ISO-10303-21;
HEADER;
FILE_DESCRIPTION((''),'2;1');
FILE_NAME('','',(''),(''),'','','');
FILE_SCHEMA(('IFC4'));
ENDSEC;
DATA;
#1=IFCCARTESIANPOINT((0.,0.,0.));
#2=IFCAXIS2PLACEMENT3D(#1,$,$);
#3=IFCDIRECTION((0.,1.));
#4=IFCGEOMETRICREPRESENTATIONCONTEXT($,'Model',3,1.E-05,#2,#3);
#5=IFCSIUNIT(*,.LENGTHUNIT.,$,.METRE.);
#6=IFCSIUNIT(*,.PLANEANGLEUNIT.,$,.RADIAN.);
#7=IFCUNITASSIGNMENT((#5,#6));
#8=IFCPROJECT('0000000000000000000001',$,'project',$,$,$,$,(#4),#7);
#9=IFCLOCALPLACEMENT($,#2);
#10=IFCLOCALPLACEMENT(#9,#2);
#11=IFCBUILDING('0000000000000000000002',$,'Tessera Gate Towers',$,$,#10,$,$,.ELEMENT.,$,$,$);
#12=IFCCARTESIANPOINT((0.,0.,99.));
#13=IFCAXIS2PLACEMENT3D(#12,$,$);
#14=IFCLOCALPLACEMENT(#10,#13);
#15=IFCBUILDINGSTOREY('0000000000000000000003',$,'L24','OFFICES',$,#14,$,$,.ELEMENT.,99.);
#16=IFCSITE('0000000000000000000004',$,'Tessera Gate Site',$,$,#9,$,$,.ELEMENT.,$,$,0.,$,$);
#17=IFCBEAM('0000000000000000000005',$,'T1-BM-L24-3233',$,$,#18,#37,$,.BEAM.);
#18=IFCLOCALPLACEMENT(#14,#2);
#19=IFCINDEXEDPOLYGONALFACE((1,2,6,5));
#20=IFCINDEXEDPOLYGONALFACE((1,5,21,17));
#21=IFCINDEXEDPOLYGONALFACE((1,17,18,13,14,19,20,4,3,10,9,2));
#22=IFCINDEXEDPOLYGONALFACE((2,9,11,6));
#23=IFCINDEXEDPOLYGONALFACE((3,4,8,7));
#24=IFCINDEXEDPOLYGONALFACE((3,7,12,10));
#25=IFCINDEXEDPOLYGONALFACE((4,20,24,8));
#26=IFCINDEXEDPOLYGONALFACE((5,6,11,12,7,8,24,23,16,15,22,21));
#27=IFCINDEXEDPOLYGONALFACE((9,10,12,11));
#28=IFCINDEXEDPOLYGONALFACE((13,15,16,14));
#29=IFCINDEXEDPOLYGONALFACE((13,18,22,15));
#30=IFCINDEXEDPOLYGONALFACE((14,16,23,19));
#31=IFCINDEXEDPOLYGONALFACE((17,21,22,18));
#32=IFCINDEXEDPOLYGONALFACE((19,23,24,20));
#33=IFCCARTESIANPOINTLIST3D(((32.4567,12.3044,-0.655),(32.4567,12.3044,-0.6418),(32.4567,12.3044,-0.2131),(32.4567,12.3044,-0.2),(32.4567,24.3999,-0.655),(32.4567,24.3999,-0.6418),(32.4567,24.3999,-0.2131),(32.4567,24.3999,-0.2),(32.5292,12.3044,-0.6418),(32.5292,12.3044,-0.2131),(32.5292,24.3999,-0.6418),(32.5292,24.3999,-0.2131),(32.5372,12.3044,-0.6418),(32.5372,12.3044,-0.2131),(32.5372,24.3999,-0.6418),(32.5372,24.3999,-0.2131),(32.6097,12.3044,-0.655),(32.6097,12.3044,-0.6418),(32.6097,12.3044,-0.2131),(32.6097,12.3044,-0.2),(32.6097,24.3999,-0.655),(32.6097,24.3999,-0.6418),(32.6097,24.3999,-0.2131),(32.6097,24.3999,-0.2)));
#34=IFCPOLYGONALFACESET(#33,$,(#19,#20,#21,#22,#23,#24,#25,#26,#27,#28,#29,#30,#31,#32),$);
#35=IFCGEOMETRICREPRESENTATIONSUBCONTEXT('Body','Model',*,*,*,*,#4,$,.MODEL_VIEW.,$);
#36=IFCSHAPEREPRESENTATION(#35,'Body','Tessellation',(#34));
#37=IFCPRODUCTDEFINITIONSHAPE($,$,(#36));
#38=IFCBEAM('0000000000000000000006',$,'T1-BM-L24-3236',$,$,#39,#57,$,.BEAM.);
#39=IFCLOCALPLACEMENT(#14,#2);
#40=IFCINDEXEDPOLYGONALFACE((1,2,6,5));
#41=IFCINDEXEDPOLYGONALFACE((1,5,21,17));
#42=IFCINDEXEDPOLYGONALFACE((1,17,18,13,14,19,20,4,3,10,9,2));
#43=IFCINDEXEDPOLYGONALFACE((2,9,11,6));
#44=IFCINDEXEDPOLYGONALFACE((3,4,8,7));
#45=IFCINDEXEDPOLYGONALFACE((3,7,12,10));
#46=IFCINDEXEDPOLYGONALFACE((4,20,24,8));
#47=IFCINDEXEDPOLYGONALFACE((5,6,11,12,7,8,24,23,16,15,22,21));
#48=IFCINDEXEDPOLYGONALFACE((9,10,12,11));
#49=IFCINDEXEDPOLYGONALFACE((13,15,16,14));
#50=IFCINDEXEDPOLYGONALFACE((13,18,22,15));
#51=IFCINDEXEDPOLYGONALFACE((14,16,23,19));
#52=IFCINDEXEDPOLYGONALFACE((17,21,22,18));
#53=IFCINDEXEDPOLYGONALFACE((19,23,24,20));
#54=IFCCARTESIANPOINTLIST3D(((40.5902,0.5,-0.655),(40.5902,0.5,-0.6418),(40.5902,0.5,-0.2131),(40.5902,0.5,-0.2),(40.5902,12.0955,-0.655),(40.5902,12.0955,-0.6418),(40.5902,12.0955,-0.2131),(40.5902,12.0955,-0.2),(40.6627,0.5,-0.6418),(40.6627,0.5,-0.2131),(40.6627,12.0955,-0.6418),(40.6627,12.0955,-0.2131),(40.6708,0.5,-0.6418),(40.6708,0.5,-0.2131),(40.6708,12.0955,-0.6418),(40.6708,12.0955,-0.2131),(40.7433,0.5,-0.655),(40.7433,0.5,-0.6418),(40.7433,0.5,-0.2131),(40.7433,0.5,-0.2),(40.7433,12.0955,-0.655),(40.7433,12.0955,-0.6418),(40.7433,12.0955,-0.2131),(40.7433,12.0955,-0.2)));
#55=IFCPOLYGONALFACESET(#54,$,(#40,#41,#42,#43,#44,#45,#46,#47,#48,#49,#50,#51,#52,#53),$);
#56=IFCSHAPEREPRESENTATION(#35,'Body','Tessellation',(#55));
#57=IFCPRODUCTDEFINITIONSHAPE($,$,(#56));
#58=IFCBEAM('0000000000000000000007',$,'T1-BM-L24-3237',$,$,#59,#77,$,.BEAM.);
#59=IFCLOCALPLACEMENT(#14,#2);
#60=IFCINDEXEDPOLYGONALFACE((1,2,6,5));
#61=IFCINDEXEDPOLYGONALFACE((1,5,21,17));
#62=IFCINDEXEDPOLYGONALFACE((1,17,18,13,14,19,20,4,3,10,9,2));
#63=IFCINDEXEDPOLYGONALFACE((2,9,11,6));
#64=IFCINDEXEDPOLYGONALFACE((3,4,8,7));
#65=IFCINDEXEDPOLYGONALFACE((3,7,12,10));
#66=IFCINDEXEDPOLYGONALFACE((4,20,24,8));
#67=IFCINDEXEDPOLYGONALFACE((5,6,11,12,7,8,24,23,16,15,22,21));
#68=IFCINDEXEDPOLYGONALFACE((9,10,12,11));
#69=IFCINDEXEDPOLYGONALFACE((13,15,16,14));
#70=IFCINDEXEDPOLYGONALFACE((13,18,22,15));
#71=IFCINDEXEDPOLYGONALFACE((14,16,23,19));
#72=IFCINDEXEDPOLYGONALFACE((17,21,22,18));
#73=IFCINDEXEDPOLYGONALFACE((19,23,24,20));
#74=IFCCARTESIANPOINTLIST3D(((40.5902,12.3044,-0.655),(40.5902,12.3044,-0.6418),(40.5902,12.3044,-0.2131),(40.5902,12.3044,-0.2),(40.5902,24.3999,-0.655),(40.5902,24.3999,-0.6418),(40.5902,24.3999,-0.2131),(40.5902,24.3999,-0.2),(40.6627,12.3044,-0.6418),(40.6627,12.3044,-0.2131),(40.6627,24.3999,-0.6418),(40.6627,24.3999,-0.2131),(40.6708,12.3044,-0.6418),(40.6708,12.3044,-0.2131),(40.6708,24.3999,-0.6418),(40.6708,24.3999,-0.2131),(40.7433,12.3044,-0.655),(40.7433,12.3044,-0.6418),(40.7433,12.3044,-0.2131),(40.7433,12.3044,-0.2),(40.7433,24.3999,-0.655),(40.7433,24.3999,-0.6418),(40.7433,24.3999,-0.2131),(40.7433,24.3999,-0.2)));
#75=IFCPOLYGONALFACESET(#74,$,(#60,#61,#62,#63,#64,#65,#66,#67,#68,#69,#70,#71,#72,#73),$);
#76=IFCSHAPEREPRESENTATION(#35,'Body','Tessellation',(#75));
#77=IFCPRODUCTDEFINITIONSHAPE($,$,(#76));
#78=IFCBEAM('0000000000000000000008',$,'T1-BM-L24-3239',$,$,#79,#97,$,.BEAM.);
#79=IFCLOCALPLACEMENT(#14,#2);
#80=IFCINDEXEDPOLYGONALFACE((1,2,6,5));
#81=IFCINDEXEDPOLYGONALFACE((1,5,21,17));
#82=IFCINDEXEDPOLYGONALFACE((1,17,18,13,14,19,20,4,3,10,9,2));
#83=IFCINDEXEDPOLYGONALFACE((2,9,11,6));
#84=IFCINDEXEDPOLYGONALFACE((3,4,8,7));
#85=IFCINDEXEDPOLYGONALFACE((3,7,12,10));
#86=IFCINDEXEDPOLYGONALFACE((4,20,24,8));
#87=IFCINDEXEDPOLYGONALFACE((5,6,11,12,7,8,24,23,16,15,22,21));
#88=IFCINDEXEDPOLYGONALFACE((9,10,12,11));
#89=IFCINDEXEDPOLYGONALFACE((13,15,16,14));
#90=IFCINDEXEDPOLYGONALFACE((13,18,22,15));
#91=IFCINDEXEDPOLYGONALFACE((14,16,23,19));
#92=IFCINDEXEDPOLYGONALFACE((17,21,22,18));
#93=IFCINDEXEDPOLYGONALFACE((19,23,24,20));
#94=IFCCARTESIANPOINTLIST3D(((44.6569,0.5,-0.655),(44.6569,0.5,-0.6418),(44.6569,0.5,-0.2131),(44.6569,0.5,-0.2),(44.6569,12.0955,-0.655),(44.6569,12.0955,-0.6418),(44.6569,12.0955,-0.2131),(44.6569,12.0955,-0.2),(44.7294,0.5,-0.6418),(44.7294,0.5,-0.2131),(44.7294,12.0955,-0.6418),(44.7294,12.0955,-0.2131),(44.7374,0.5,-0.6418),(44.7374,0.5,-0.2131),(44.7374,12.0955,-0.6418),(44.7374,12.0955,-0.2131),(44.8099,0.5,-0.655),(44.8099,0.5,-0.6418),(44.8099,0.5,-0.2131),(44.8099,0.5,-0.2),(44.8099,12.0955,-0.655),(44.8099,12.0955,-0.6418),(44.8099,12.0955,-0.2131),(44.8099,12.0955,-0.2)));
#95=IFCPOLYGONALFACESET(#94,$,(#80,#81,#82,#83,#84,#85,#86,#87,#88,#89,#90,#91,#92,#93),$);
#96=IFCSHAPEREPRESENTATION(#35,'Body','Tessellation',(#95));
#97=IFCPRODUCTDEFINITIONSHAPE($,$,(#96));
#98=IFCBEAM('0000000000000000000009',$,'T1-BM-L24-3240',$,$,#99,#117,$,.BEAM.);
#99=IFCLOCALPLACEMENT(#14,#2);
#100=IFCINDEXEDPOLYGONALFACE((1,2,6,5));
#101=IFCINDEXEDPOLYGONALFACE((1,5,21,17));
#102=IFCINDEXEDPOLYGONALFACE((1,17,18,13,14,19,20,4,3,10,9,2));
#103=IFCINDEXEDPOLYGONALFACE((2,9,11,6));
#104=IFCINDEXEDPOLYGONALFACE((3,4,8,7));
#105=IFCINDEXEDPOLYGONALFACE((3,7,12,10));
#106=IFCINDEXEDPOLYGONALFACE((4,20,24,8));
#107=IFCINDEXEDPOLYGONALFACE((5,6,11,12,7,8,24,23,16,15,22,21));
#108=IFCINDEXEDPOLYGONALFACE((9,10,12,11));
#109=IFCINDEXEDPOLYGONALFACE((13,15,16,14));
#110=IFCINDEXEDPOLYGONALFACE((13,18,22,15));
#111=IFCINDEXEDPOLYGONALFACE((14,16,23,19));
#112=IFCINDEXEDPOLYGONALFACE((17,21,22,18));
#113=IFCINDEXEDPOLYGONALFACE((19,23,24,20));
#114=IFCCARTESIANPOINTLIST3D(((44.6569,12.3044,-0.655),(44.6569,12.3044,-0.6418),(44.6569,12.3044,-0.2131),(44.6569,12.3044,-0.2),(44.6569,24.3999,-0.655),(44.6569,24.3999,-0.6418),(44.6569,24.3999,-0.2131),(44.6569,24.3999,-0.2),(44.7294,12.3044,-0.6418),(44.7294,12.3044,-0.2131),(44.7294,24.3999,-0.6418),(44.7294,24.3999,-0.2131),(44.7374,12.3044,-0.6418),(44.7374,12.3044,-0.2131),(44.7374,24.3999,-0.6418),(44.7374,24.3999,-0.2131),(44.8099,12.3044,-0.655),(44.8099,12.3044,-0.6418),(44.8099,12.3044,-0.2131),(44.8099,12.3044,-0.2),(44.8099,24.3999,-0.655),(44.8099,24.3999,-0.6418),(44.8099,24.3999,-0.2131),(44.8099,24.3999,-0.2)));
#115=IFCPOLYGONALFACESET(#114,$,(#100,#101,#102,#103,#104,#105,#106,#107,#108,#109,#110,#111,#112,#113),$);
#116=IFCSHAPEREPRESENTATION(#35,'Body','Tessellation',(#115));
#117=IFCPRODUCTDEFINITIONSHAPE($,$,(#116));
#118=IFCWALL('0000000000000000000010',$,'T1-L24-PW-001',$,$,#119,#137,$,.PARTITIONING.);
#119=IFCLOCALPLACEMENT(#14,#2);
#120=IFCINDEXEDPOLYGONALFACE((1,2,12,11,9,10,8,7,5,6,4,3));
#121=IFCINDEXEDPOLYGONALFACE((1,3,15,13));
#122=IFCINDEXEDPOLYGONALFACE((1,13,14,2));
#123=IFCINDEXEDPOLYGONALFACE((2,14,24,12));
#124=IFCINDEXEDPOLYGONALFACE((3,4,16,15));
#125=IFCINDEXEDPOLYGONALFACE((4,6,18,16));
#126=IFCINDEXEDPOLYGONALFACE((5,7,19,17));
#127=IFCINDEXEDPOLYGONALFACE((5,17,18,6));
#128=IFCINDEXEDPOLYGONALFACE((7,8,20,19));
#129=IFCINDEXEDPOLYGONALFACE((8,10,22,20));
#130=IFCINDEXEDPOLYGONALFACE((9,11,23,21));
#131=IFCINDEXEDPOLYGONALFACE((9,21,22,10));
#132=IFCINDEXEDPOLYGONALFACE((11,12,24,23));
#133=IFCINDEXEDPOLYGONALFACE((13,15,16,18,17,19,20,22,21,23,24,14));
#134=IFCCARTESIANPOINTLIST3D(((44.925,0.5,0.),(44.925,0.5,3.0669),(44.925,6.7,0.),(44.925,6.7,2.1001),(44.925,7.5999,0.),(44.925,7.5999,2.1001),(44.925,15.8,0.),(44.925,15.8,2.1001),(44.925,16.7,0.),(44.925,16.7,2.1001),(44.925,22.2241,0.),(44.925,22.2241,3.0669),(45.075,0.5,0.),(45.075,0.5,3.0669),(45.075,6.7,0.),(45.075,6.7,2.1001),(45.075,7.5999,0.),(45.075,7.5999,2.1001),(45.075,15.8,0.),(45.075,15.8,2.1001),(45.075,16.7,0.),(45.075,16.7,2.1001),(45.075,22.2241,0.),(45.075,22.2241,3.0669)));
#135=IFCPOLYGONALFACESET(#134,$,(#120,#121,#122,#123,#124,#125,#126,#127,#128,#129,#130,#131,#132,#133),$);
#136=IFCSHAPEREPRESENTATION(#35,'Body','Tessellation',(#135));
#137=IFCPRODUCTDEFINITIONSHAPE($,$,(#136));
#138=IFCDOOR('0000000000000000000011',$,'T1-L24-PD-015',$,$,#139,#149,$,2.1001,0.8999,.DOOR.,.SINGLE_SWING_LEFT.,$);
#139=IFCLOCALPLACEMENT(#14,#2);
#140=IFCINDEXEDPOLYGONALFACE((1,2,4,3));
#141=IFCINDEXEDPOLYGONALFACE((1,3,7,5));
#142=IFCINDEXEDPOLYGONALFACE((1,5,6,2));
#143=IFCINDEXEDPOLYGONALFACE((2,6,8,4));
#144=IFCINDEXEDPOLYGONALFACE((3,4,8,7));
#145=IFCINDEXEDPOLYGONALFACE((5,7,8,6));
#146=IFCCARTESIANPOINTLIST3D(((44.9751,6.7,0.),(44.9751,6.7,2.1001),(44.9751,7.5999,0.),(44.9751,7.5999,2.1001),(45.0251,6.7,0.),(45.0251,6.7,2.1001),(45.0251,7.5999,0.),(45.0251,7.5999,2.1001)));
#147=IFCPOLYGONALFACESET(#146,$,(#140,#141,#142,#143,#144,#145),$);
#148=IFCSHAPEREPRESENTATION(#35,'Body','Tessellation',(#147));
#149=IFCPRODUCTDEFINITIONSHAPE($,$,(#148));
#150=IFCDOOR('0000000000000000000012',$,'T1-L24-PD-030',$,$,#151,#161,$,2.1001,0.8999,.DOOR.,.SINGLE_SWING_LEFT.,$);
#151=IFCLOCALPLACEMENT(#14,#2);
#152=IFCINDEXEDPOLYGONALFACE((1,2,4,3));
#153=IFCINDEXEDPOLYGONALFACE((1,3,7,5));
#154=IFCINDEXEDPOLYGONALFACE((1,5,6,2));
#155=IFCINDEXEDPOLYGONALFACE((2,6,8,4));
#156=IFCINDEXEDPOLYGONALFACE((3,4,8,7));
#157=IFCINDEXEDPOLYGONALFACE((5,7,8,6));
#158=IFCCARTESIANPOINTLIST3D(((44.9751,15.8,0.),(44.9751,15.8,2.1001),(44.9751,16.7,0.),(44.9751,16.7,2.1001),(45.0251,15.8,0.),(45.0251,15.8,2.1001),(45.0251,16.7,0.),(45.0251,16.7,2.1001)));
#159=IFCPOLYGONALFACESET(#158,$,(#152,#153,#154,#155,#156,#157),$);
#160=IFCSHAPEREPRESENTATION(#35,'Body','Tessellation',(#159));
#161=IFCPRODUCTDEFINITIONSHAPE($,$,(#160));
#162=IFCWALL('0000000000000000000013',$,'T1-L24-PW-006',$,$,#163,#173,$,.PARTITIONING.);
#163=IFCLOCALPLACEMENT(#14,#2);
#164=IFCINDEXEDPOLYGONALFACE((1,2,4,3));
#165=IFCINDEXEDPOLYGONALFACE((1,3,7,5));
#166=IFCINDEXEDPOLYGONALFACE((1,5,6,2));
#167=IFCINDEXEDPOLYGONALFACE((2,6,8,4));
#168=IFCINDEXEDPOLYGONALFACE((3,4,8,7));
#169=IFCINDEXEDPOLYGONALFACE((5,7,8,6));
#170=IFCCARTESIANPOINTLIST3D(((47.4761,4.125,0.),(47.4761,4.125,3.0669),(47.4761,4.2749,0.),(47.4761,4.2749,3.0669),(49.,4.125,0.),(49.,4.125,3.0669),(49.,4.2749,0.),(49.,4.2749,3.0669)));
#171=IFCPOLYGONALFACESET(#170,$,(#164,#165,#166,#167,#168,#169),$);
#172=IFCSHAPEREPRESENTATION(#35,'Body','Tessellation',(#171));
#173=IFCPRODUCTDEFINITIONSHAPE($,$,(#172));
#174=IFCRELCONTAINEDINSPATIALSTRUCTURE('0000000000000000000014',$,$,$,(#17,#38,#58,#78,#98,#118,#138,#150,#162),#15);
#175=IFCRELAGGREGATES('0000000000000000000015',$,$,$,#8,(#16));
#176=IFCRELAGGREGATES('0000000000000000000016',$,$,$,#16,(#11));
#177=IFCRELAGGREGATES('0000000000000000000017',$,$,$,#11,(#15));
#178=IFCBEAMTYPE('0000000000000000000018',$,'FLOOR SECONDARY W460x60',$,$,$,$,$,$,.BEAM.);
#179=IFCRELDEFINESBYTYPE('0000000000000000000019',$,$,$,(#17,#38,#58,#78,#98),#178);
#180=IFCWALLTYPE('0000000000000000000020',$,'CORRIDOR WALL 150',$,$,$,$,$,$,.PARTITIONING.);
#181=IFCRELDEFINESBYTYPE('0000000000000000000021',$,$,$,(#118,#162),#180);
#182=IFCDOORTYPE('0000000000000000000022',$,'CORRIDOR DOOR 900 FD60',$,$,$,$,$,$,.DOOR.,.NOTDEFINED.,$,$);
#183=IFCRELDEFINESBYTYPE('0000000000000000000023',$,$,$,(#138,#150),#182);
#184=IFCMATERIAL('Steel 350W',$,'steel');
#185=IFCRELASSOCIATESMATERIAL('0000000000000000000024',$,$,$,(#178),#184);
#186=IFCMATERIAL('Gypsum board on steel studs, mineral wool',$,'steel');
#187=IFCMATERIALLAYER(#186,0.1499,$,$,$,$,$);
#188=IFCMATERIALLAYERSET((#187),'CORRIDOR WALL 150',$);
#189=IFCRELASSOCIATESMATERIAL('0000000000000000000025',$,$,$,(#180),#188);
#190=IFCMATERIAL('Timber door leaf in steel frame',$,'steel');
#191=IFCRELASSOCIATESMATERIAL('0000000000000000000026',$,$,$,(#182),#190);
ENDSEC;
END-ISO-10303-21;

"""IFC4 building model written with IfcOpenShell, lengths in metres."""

from ifc_helpers import new_model, si_unit, direction, frame, frame_2d, origin, origin_2d, place, context, subcontext, project, spatial, rectangle, i_section, extrude, source, transform, mapped, material, layer, layer_set, material_profile, profile_set, type_object, element, fill, save


model = new_model("IFC4")

# Units and contexts
model_context = context("Model", 3, precision=1e-05, world=origin(), true_north=direction((0.0, 1.0)))
body_context = subcontext(model_context, "Body", "Model", "MODEL_VIEW")
ifc_project = project(units=[si_unit("LENGTHUNIT", "METRE"), si_unit("PLANEANGLEUNIT", "RADIAN")], contexts=[model_context])

# Site, building, storey
site_placement = place(None, origin())
site = spatial("IfcSite", under=ifc_project, at=site_placement, Name="Tessera Gate Site", CompositionType="ELEMENT", RefElevation=0.0)
building_placement = place(site_placement, origin())
building = spatial("IfcBuilding", under=site, at=building_placement, Name="Tessera Gate Towers", CompositionType="ELEMENT")
storey_placement = place(building_placement, frame((0.0, 0.0, 99.0)))
storey = spatial("IfcBuildingStorey", under=building, at=storey_placement, Name="L24", Description="OFFICES", CompositionType="ELEMENT", Elevation=99.0)

# Beams
ifc_material_1 = material(Name="Steel 350W", Category="steel")
ifc_material_profile_1 = material_profile(ifc_material_1, i_section(OverallWidth=0.1531, OverallDepth=0.4551, WebThickness=0.0081, FlangeThickness=0.0132, at=origin_2d()), Name="W460x60")
ifc_profile_set_1 = profile_set([ifc_material_profile_1], Name="Steel 350W")
beam_type_1 = type_object("IfcBeamType", Name="FLOOR SECONDARY W460x60", PredefinedType="BEAM", material=ifc_profile_set_1)
beam_1_placement = place(storey_placement, frame((32.5332, 12.3044, -0.4275), z_axis=(0.0, 1.0, 0.0), x_axis=(-1.0, 0.0, 0.0)))
element("IfcBeam", 1, at=beam_1_placement, inside=storey, type_object=beam_type_1, Name="T1-BM-L24-3233", PredefinedType="BEAM", context=body_context, shape_type="SweptSolid", body=[
    extrude(i_section(OverallWidth=0.1531, OverallDepth=0.4551, WebThickness=0.0081, FlangeThickness=0.0132, at=origin_2d()), origin(), (0.0, 0.0, 1.0), 12.0955),
])
beam_2_placement = place(storey_placement, frame((40.6667, 0.5, -0.4275), z_axis=(0.0, 1.0, 0.0), x_axis=(-1.0, 0.0, 0.0)))
element("IfcBeam", 2, at=beam_2_placement, inside=storey, type_object=beam_type_1, Name="T1-BM-L24-3236", PredefinedType="BEAM", context=body_context, shape_type="SweptSolid", body=[
    extrude(i_section(OverallWidth=0.1531, OverallDepth=0.4551, WebThickness=0.0081, FlangeThickness=0.0132, at=origin_2d()), origin(), (0.0, 0.0, 1.0), 11.5955),
])
beam_3_placement = place(storey_placement, frame((40.6667, 12.3044, -0.4275), z_axis=(0.0, 1.0, 0.0), x_axis=(-1.0, 0.0, 0.0)))
element("IfcBeam", 3, at=beam_3_placement, inside=storey, type_object=beam_type_1, Name="T1-BM-L24-3237", PredefinedType="BEAM", context=body_context, shape_type="SweptSolid", body=[
    extrude(i_section(OverallWidth=0.1531, OverallDepth=0.4551, WebThickness=0.0081, FlangeThickness=0.0132, at=origin_2d()), origin(), (0.0, 0.0, 1.0), 12.0955),
])
beam_4_placement = place(storey_placement, frame((44.7334, 0.5, -0.4275), z_axis=(0.0, 1.0, 0.0), x_axis=(-1.0, 0.0, 0.0)))
element("IfcBeam", 4, at=beam_4_placement, inside=storey, type_object=beam_type_1, Name="T1-BM-L24-3239", PredefinedType="BEAM", context=body_context, shape_type="SweptSolid", body=[
    extrude(i_section(OverallWidth=0.1531, OverallDepth=0.4551, WebThickness=0.0081, FlangeThickness=0.0132, at=origin_2d()), origin(), (0.0, 0.0, 1.0), 11.5955),
])
beam_5_placement = place(storey_placement, frame((44.7334, 12.3044, -0.4275), z_axis=(0.0, 1.0, 0.0), x_axis=(-1.0, 0.0, 0.0)))
element("IfcBeam", 5, at=beam_5_placement, inside=storey, type_object=beam_type_1, Name="T1-BM-L24-3240", PredefinedType="BEAM", context=body_context, shape_type="SweptSolid", body=[
    extrude(i_section(OverallWidth=0.1531, OverallDepth=0.4551, WebThickness=0.0081, FlangeThickness=0.0132, at=origin_2d()), origin(), (0.0, 0.0, 1.0), 12.0955),
])

# Wall, openings, doors
ifc_material_2 = material(Name="Gypsum board on steel studs, mineral wool", Category="steel")
ifc_layer_1 = layer(ifc_material_2, 0.1499)
ifc_layer_set_1 = layer_set([ifc_layer_1], Name="CORRIDOR WALL 150")
wall_type_1 = type_object("IfcWallType", Name="CORRIDOR WALL 150", PredefinedType="PARTITIONING", material=ifc_layer_set_1)
wall_1_placement = place(storey_placement, frame((45.0, 0.5, 0.0), z_axis=(0.0, 0.0, 1.0), x_axis=(0.0, 1.0, 0.0)))
wall_1 = element("IfcWall", 6, at=wall_1_placement, inside=storey, type_object=wall_type_1, Name="T1-L24-PW-001", PredefinedType="PARTITIONING", context=body_context, shape_type="SweptSolid", body=[
    extrude(rectangle(XDim=21.7241, YDim=0.1499, at=frame_2d((10.8621, 0.0))), origin(), (0.0, 0.0, 1.0), 3.0669),
])
shared_shape_1 = source(origin(), body_context, "Body", "SweptSolid", [
    extrude(rectangle(XDim=0.8999, YDim=2.1001, at=frame_2d((0.45, 1.05))), frame((0.0, 0.085, 0.0), z_axis=(0.0, -1.0, 0.0), x_axis=(1.0, 0.0, 0.0)), (0.0, 0.0, 1.0), 0.1699),
])
opening_1_placement = place(wall_1_placement, frame((6.2, 0.0, 0.0)))
opening_1 = element("IfcOpeningElement", 7, at=opening_1_placement, cuts=wall_1, PredefinedType="OPENING", context=body_context, shape_type="MappedRepresentation", body=[
    mapped(shared_shape_1, transform((0.0, 0.0, 0.0), scale=1.0)),
])
opening_2_placement = place(wall_1_placement, frame((15.3, 0.0, 0.0)))
opening_2 = element("IfcOpeningElement", 8, at=opening_2_placement, cuts=wall_1, PredefinedType="OPENING", context=body_context, shape_type="MappedRepresentation", body=[
    mapped(shared_shape_1, transform((0.0, 0.0, 0.0), scale=1.0)),
])
ifc_material_3 = material(Name="Timber door leaf in steel frame", Category="steel")
door_type_1 = type_object("IfcDoorType", Name="CORRIDOR DOOR 900 FD60", OperationType="NOTDEFINED", PredefinedType="DOOR", material=ifc_material_3)
shared_shape_2 = source(origin(), body_context, "Body", "SweptSolid", [
    extrude(rectangle(XDim=0.8999, YDim=2.1001, at=frame_2d((0.45, 1.05))), frame((0.0, 0.0249, 0.0), z_axis=(0.0, -1.0, 0.0), x_axis=(1.0, 0.0, 0.0)), (0.0, 0.0, 1.0), 0.05),
])
door_1_placement = place(opening_1_placement, origin())
door_1 = element("IfcDoor", 9, at=door_1_placement, inside=storey, type_object=door_type_1, Name="T1-L24-PD-015", OperationType="SINGLE_SWING_LEFT", OverallHeight=2.1001, OverallWidth=0.8999, PredefinedType="DOOR", context=body_context, shape_type="MappedRepresentation", body=[
    mapped(shared_shape_2, transform((0.0, 0.0, 0.0), scale=1.0)),
])
fill(opening_1, door_1)
door_2_placement = place(opening_2_placement, origin())
door_2 = element("IfcDoor", 10, at=door_2_placement, inside=storey, type_object=door_type_1, Name="T1-L24-PD-030", OperationType="SINGLE_SWING_LEFT", OverallHeight=2.1001, OverallWidth=0.8999, PredefinedType="DOOR", context=body_context, shape_type="MappedRepresentation", body=[
    mapped(shared_shape_2, transform((0.0, 0.0, 0.0), scale=1.0)),
])
fill(opening_2, door_2)

# Wall
wall_2_placement = place(storey_placement, frame((47.4761, 4.2, 0.0), z_axis=(0.0, 0.0, 1.0), x_axis=(1.0, 0.0, 0.0)))
element("IfcWall", 11, at=wall_2_placement, inside=storey, type_object=wall_type_1, Name="T1-L24-PW-006", PredefinedType="PARTITIONING", context=body_context, shape_type="SweptSolid", body=[
    extrude(rectangle(XDim=1.5239, YDim=0.1499, at=frame_2d((0.762, 0.0))), origin(), (0.0, 0.0, 1.0), 3.0669),
])

save(model, "model.ifc")
